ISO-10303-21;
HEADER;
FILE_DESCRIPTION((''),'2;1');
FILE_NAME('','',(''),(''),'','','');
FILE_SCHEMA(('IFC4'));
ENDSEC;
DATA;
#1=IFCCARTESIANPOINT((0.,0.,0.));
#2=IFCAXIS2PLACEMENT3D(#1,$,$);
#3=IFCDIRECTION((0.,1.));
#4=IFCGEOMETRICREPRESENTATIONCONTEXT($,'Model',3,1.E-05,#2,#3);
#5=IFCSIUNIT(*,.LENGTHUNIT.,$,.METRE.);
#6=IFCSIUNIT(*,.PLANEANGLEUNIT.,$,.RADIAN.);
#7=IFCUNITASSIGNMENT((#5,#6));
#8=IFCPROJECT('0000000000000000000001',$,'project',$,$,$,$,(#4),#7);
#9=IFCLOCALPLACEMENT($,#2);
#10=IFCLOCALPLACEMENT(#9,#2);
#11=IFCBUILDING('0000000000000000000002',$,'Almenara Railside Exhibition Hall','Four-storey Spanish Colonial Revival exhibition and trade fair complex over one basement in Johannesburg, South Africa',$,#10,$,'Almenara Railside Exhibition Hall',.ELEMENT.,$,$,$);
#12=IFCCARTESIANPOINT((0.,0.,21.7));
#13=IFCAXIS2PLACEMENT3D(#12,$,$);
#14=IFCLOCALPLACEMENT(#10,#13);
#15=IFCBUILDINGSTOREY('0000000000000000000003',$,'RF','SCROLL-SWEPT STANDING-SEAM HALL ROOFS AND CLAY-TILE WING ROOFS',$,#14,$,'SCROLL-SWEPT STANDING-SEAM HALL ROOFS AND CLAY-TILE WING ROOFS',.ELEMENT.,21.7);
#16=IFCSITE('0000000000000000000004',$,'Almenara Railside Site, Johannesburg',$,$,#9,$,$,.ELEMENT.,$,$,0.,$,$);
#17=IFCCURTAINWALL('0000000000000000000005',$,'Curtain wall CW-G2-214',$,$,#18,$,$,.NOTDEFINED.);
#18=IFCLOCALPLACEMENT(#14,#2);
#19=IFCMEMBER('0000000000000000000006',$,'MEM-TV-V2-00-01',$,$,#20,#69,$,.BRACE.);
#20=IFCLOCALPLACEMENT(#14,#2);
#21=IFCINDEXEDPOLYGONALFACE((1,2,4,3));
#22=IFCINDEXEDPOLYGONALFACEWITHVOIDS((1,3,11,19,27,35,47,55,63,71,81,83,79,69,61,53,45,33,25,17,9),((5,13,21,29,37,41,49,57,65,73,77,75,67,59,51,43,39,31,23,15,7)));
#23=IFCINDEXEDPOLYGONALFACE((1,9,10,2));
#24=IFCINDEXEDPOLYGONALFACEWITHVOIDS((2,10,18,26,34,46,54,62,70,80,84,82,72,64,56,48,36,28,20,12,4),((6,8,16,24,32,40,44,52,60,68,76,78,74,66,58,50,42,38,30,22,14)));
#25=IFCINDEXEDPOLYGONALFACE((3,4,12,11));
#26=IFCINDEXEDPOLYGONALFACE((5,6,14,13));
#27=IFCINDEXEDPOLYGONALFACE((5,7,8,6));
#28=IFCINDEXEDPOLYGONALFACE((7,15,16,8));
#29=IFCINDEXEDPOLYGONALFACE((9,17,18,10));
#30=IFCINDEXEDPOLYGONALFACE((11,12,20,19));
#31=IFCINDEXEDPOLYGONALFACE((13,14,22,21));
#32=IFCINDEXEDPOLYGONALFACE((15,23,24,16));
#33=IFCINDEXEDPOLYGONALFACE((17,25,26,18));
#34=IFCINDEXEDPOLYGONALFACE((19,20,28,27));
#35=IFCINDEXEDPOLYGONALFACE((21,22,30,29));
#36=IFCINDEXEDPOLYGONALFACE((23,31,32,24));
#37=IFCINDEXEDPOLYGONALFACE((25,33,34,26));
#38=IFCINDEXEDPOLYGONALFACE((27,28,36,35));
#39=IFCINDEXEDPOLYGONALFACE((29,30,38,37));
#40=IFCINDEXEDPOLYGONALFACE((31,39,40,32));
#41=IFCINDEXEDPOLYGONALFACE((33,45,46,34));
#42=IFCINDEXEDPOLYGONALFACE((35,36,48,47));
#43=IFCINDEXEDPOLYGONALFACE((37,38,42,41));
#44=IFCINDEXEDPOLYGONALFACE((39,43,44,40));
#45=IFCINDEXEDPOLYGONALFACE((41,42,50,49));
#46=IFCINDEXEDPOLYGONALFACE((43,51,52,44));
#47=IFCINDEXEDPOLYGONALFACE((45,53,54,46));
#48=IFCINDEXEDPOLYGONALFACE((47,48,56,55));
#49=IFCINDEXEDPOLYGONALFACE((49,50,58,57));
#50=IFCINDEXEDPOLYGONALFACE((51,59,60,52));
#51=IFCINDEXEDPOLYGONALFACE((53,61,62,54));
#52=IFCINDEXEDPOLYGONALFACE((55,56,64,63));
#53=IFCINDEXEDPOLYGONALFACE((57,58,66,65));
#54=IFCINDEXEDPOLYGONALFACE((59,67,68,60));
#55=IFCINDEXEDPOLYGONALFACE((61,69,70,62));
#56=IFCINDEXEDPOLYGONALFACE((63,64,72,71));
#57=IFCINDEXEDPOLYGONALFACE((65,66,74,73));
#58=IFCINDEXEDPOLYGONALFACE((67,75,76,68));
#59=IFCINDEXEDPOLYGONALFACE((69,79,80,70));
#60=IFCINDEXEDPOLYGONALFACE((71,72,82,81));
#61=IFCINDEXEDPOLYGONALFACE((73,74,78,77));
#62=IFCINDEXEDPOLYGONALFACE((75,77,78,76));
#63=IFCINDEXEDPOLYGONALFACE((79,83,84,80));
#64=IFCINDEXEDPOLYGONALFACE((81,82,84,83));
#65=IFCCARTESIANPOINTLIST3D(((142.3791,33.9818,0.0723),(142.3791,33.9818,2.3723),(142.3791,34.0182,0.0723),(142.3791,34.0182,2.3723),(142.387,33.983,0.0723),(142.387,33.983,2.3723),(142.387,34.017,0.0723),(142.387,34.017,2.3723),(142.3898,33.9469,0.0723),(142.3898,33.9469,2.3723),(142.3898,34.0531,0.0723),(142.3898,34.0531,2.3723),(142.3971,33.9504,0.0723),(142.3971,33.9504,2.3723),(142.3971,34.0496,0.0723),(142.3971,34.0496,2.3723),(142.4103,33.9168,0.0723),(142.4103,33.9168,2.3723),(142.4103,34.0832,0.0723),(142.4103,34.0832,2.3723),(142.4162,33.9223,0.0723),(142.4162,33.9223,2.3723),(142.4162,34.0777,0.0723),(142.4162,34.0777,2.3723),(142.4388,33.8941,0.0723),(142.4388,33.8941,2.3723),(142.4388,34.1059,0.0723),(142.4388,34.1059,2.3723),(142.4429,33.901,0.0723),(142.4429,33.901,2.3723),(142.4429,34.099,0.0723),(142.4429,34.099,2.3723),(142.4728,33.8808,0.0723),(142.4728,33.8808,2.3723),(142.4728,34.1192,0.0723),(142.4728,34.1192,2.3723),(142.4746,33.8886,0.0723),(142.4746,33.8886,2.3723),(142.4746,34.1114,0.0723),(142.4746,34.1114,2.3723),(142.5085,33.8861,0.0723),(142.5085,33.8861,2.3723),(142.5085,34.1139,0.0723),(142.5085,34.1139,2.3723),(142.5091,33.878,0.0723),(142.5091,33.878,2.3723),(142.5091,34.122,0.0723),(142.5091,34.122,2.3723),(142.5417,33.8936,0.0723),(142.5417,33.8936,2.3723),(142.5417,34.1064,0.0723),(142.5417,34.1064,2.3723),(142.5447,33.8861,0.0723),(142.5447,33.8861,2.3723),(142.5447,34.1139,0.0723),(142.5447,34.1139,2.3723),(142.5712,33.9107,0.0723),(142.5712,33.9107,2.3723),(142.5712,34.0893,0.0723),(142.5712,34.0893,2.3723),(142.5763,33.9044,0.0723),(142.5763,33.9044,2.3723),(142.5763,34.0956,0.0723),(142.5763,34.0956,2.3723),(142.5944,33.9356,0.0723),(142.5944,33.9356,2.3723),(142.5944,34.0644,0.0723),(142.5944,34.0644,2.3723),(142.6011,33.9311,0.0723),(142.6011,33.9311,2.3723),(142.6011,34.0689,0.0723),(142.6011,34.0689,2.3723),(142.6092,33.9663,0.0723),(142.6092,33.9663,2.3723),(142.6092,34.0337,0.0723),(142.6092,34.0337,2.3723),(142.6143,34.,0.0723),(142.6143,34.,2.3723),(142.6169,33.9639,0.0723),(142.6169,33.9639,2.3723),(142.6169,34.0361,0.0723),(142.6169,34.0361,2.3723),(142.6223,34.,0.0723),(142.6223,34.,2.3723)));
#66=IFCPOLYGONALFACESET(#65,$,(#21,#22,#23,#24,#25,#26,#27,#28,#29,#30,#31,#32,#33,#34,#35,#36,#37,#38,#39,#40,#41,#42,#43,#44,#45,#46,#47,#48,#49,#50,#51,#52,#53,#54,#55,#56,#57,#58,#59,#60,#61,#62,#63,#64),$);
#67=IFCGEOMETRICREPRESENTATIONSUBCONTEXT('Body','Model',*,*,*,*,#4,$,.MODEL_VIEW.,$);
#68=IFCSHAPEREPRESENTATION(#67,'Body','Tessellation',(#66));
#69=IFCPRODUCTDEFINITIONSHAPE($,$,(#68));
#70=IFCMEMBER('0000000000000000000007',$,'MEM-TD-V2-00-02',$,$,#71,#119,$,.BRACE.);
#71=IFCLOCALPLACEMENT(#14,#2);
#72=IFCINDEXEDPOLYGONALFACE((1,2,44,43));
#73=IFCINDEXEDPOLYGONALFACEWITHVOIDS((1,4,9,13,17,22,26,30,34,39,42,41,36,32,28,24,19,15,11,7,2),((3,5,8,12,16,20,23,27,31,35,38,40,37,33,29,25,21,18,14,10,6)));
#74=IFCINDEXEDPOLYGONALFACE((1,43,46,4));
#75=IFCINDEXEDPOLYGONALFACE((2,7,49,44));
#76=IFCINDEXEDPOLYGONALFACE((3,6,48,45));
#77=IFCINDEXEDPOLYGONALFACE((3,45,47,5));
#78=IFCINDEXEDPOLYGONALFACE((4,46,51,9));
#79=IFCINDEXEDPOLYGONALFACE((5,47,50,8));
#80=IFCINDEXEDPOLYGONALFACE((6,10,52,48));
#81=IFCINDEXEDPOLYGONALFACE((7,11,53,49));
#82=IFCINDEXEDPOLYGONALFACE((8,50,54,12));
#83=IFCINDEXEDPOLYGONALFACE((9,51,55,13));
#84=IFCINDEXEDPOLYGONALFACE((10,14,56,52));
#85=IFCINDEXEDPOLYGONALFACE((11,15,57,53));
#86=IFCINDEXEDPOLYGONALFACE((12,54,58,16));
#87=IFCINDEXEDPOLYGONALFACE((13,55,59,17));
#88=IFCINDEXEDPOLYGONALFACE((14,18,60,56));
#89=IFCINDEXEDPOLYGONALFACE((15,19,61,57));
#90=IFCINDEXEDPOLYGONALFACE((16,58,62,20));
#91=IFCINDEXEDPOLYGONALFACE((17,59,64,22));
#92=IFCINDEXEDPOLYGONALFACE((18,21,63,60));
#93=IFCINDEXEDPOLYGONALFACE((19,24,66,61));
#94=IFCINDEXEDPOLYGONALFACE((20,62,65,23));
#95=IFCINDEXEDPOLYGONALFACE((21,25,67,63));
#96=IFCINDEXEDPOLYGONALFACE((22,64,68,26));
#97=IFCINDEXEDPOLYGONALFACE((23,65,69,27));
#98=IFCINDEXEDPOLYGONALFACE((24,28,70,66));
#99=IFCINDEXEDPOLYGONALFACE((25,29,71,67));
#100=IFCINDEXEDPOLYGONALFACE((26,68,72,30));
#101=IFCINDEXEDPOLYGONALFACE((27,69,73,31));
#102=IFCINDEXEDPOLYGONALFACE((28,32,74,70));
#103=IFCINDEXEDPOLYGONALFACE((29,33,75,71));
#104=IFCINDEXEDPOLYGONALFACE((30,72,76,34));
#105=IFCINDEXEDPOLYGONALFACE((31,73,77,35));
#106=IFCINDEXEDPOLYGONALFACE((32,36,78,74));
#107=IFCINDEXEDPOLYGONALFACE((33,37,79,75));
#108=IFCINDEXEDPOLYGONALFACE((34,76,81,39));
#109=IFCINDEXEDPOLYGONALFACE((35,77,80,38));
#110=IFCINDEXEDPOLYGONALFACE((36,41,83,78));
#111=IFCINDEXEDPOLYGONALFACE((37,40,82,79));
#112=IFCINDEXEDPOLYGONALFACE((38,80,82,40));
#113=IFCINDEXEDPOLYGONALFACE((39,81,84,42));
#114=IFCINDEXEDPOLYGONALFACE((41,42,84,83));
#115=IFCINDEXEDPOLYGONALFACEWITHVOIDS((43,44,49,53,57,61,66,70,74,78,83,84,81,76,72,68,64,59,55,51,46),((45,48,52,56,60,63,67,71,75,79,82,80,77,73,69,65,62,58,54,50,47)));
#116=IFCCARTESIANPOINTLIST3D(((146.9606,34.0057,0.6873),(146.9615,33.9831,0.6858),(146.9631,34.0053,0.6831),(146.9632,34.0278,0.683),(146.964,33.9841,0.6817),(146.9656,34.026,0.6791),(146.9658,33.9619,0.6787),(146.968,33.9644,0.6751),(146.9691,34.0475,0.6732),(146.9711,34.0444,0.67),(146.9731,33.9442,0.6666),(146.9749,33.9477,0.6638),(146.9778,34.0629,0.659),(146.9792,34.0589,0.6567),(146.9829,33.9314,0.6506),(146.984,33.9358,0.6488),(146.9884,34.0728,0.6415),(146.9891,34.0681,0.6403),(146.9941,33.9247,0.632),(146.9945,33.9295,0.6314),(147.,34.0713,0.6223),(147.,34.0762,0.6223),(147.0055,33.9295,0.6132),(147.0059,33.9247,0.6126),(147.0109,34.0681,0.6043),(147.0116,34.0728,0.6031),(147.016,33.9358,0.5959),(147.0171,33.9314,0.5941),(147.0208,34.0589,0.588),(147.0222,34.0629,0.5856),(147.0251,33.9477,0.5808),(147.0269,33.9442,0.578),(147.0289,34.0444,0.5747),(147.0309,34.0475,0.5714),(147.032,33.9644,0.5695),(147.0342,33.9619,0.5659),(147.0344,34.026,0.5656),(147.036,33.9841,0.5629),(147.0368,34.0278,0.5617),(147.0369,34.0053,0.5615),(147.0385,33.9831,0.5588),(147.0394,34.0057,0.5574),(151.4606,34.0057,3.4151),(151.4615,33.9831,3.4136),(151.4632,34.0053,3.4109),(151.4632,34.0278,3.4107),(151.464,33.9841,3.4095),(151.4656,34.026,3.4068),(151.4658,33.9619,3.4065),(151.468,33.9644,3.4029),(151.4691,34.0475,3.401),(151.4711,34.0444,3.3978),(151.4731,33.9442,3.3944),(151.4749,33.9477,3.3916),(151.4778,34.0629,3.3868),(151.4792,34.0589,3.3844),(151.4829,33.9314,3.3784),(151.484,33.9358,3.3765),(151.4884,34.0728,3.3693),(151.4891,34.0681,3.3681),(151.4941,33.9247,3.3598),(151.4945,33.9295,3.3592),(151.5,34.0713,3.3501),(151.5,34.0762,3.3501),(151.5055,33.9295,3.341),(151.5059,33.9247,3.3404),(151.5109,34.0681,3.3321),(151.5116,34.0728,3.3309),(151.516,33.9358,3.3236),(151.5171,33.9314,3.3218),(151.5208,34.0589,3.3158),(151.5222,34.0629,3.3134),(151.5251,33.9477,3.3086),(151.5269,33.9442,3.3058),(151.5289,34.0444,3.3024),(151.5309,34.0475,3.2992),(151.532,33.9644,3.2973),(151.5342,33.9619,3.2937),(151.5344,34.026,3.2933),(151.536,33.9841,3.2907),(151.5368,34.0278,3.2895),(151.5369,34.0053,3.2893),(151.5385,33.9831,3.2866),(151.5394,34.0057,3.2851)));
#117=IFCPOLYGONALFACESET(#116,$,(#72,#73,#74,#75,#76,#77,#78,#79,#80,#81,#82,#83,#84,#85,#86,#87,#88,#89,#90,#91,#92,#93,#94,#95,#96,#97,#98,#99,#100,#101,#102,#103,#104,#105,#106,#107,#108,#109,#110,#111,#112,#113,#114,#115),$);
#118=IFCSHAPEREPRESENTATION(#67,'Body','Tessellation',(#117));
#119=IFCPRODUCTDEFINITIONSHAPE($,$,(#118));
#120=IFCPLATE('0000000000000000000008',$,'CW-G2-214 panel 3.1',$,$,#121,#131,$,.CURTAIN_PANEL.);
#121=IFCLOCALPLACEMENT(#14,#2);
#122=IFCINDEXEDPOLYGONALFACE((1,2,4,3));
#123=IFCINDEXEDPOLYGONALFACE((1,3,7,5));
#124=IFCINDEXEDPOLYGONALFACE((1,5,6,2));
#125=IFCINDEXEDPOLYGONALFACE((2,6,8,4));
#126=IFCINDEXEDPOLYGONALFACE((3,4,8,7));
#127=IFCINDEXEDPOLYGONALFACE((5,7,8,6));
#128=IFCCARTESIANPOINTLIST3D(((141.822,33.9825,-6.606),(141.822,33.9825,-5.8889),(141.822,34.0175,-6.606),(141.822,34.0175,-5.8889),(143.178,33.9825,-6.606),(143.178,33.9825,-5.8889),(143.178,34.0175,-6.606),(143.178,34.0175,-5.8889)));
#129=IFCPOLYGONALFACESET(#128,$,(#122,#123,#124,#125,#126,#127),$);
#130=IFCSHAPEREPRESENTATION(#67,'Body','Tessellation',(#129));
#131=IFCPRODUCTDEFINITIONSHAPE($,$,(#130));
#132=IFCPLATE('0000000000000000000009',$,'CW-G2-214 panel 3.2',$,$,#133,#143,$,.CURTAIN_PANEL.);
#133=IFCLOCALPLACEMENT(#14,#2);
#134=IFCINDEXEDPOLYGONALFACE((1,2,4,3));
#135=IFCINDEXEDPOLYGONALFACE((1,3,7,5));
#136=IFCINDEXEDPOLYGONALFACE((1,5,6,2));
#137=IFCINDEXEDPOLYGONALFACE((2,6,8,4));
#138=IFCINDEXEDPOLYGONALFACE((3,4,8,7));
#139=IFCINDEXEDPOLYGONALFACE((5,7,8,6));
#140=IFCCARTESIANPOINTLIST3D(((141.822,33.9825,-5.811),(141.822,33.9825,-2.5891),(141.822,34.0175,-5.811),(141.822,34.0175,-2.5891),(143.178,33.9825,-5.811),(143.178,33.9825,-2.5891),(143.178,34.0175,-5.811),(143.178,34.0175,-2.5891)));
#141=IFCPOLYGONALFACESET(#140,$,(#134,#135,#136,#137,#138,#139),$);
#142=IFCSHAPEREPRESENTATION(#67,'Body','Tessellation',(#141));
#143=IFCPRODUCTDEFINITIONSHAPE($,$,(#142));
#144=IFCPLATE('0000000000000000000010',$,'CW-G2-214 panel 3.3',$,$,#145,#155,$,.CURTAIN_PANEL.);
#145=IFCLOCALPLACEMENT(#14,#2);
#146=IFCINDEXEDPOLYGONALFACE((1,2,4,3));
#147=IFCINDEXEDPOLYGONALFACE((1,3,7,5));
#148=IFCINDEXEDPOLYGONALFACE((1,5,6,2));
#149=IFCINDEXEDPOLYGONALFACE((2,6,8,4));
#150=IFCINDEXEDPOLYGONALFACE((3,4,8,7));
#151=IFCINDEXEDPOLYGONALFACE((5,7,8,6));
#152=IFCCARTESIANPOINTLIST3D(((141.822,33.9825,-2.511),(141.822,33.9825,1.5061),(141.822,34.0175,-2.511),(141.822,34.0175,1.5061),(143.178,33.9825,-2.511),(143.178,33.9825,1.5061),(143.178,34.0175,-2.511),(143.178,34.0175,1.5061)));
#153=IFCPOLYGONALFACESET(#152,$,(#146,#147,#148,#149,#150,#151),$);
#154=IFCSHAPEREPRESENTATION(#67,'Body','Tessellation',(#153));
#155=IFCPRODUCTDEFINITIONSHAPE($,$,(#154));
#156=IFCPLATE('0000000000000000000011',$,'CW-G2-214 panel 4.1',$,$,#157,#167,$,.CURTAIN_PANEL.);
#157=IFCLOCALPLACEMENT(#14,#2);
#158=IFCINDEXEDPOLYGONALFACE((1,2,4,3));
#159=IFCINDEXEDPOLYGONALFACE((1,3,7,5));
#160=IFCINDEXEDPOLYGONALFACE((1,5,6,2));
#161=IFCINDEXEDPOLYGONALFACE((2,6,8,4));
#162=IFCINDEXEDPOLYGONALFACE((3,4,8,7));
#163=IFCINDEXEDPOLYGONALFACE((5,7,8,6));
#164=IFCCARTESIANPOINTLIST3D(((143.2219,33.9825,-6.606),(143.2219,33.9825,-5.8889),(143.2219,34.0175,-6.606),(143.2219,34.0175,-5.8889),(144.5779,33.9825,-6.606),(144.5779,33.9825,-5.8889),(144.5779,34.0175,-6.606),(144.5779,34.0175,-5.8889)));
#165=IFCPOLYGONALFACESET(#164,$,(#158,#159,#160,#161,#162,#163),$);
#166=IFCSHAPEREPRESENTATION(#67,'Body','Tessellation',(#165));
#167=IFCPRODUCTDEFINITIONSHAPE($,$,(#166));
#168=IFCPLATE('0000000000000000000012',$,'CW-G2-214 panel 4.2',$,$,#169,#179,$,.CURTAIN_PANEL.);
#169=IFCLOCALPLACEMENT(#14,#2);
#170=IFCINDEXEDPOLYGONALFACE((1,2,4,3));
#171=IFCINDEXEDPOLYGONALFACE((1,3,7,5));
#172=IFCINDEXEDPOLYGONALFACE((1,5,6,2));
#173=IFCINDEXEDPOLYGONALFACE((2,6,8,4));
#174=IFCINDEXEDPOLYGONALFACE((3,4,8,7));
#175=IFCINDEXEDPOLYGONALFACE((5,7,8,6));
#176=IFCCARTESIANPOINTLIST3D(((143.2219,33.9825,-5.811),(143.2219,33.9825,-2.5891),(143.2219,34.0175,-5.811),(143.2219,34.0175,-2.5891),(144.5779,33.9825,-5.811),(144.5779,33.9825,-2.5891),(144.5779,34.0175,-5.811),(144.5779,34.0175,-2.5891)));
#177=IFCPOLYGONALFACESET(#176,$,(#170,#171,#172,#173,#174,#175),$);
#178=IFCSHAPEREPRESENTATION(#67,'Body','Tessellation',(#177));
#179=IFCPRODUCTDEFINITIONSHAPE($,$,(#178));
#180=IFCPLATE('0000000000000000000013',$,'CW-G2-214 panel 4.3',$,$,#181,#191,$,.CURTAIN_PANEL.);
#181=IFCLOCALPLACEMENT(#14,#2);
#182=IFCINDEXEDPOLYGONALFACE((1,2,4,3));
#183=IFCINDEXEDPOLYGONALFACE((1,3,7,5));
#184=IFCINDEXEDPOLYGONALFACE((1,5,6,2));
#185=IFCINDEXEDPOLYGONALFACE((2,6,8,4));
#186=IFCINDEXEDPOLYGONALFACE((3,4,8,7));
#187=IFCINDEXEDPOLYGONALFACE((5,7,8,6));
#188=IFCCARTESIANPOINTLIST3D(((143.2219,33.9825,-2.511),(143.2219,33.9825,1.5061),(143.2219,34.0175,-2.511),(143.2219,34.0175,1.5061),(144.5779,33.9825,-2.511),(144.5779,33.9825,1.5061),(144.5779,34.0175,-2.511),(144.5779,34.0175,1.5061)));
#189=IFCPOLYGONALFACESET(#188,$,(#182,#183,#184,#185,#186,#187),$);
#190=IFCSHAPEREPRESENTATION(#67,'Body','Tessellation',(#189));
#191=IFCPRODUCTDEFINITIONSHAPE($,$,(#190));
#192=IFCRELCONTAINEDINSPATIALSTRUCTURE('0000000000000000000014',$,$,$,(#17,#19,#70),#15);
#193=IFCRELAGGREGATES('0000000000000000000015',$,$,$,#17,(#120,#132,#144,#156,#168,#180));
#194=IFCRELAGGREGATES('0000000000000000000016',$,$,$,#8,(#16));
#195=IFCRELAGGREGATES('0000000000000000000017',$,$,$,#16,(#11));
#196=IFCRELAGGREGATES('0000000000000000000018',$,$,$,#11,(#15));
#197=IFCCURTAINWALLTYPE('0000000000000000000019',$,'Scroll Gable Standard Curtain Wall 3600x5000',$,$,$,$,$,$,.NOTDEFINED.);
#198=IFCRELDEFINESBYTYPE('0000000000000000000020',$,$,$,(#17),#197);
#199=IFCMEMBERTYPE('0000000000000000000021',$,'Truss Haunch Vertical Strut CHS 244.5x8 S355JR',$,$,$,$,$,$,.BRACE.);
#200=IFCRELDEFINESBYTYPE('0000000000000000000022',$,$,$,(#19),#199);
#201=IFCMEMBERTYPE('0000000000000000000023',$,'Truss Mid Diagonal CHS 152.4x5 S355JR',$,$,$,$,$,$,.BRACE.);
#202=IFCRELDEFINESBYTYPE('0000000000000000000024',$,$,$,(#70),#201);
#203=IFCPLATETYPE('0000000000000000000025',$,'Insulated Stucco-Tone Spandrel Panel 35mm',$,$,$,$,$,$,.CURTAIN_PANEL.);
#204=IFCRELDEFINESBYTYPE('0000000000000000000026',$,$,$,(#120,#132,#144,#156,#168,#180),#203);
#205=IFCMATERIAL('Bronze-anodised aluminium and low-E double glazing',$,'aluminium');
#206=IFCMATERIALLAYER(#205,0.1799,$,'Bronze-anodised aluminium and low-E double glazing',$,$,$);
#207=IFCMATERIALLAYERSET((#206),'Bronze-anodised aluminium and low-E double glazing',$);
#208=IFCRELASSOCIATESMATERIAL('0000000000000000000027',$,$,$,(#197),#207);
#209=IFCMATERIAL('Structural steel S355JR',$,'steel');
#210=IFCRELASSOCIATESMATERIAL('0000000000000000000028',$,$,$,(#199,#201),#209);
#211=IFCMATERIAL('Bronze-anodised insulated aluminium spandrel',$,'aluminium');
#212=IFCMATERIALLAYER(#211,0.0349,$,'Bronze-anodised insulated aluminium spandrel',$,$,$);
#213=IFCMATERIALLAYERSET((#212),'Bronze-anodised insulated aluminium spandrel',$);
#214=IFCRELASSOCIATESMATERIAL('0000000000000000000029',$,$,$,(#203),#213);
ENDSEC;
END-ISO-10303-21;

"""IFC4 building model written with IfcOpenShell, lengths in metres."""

from ifc_helpers import new_model, si_unit, direction, frame, origin, origin_2d, place, context, subcontext, project, spatial, rectangle, hollow_circle, extrude, material, layer, layer_set, material_profile, profile_set, type_object, element, aggregate, save


model = new_model("IFC4")

# Units and contexts
model_context = context("Model", 3, precision=1e-05, world=origin(), true_north=direction((0.0, 1.0)))
body_context = subcontext(model_context, "Body", "Model", "MODEL_VIEW")
ifc_project = project(units=[si_unit("LENGTHUNIT", "METRE"), si_unit("PLANEANGLEUNIT", "RADIAN")], contexts=[model_context])

# Site, building, storey
site_placement = place(None, origin())
site = spatial("IfcSite", under=ifc_project, at=site_placement, Name="Almenara Railside Site, Johannesburg", CompositionType="ELEMENT", RefElevation=0.0)
building_placement = place(site_placement, origin())
building = spatial("IfcBuilding", under=site, at=building_placement, Name="Almenara Railside Exhibition Hall", Description="Four-storey Spanish Colonial Revival exhibition and trade fair complex over one basement in Johannesburg, South Africa", LongName="Almenara Railside Exhibition Hall", CompositionType="ELEMENT")
storey_placement = place(building_placement, frame((0.0, 0.0, 21.7)))
storey = spatial("IfcBuildingStorey", under=building, at=storey_placement, Name="RF", Description="SCROLL-SWEPT STANDING-SEAM HALL ROOFS AND CLAY-TILE WING ROOFS", LongName="SCROLL-SWEPT STANDING-SEAM HALL ROOFS AND CLAY-TILE WING ROOFS", CompositionType="ELEMENT", Elevation=21.7)

# Shared definitions
ifc_material_1 = material(Name="Structural steel S355JR", Category="steel")

# Curtain wall
ifc_material_2 = material(Name="Bronze-anodised aluminium and low-E double glazing", Category="aluminium")
ifc_layer_1 = layer(ifc_material_2, 0.1799, Name="Bronze-anodised aluminium and low-E double glazing")
ifc_layer_set_1 = layer_set([ifc_layer_1], Name="Bronze-anodised aluminium and low-E double glazing")
curtain_wall_type = type_object("IfcCurtainWallType", Name="Scroll Gable Standard Curtain Wall 3600x5000", PredefinedType="NOTDEFINED", material=ifc_layer_set_1)
curtain_wall_placement = place(storey_placement, origin())
curtain_wall = element("IfcCurtainWall", 1, at=curtain_wall_placement, inside=storey, type_object=curtain_wall_type, Name="Curtain wall CW-G2-214", PredefinedType="NOTDEFINED")

# Members
ifc_material_profile_1 = material_profile(ifc_material_1, hollow_circle(Radius=0.1223, WallThickness=0.0081, at=origin_2d()), Name="CHS 244.5x8")
ifc_profile_set_1 = profile_set([ifc_material_profile_1], Name="Structural steel S355JR")
member_type_1 = type_object("IfcMemberType", Name="Truss Haunch Vertical Strut CHS 244.5x8 S355JR", PredefinedType="BRACE", material=ifc_profile_set_1)
member_1_placement = place(storey_placement, frame((142.5, 34.0, 0.0723), z_axis=(0.0, 0.0, 1.0), x_axis=(1.0, 0.0, 0.0)))
element("IfcMember", 2, at=member_1_placement, inside=storey, type_object=member_type_1, Name="MEM-TV-V2-00-01", PredefinedType="BRACE", context=body_context, shape_type="SweptSolid", body=[
    extrude(hollow_circle(Radius=0.1223, WallThickness=0.0081, at=origin_2d()), origin(), (0.0, 0.0, 1.0), 2.3),
])
ifc_material_profile_2 = material_profile(ifc_material_1, hollow_circle(Radius=0.0762, WallThickness=0.0049, at=origin_2d()), Name="CHS 152.4x5")
ifc_profile_set_2 = profile_set([ifc_material_profile_2], Name="Structural steel S355JR")
member_type_2 = type_object("IfcMemberType", Name="Truss Mid Diagonal CHS 152.4x5 S355JR", PredefinedType="BRACE", material=ifc_profile_set_2)
member_2_placement = place(storey_placement, frame((147.0, 34.0, 0.6223), z_axis=(0.855155, 0.0, 0.518373), x_axis=(0.0, 1.0, 0.0)))
element("IfcMember", 3, at=member_2_placement, inside=storey, type_object=member_type_2, Name="MEM-TD-V2-00-02", PredefinedType="BRACE", context=body_context, shape_type="SweptSolid", body=[
    extrude(hollow_circle(Radius=0.0762, WallThickness=0.0049, at=origin_2d()), origin(), (0.0, 0.0, 1.0), 5.2622),
])

# Plates
ifc_material_3 = material(Name="Bronze-anodised insulated aluminium spandrel", Category="aluminium")
ifc_layer_2 = layer(ifc_material_3, 0.0349, Name="Bronze-anodised insulated aluminium spandrel")
ifc_layer_set_2 = layer_set([ifc_layer_2], Name="Bronze-anodised insulated aluminium spandrel")
plate_type = type_object("IfcPlateType", Name="Insulated Stucco-Tone Spandrel Panel 35mm", PredefinedType="CURTAIN_PANEL", material=ifc_layer_set_2)
plate_1_placement = place(storey_placement, frame((142.5, 34.0, -6.606), z_axis=(0.0, 0.0, 1.0), x_axis=(1.0, 0.0, 0.0)))
plate_1 = element("IfcPlate", 4, at=plate_1_placement, type_object=plate_type, Name="CW-G2-214 panel 3.1", PredefinedType="CURTAIN_PANEL", context=body_context, shape_type="SweptSolid", body=[
    extrude(rectangle(XDim=1.356, YDim=0.0349, at=origin_2d()), origin(), (0.0, 0.0, 1.0), 0.717),
])
plate_2_placement = place(storey_placement, frame((142.5, 34.0, -5.811), z_axis=(0.0, 0.0, 1.0), x_axis=(1.0, 0.0, 0.0)))
plate_2 = element("IfcPlate", 5, at=plate_2_placement, type_object=plate_type, Name="CW-G2-214 panel 3.2", PredefinedType="CURTAIN_PANEL", context=body_context, shape_type="SweptSolid", body=[
    extrude(rectangle(XDim=1.356, YDim=0.0349, at=origin_2d()), origin(), (0.0, 0.0, 1.0), 3.2219),
])
plate_3_placement = place(storey_placement, frame((142.5, 34.0, -2.511), z_axis=(0.0, 0.0, 1.0), x_axis=(1.0, 0.0, 0.0)))
plate_3 = element("IfcPlate", 6, at=plate_3_placement, type_object=plate_type, Name="CW-G2-214 panel 3.3", PredefinedType="CURTAIN_PANEL", context=body_context, shape_type="SweptSolid", body=[
    extrude(rectangle(XDim=1.356, YDim=0.0349, at=origin_2d()), origin(), (0.0, 0.0, 1.0), 4.0171),
])
plate_4_placement = place(storey_placement, frame((143.8999, 34.0, -6.606), z_axis=(0.0, 0.0, 1.0), x_axis=(1.0, 0.0, 0.0)))
plate_4 = element("IfcPlate", 7, at=plate_4_placement, type_object=plate_type, Name="CW-G2-214 panel 4.1", PredefinedType="CURTAIN_PANEL", context=body_context, shape_type="SweptSolid", body=[
    extrude(rectangle(XDim=1.356, YDim=0.0349, at=origin_2d()), origin(), (0.0, 0.0, 1.0), 0.717),
])
plate_5_placement = place(storey_placement, frame((143.8999, 34.0, -5.811), z_axis=(0.0, 0.0, 1.0), x_axis=(1.0, 0.0, 0.0)))
plate_5 = element("IfcPlate", 8, at=plate_5_placement, type_object=plate_type, Name="CW-G2-214 panel 4.2", PredefinedType="CURTAIN_PANEL", context=body_context, shape_type="SweptSolid", body=[
    extrude(rectangle(XDim=1.356, YDim=0.0349, at=origin_2d()), origin(), (0.0, 0.0, 1.0), 3.2219),
])
plate_6_placement = place(storey_placement, frame((143.8999, 34.0, -2.511), z_axis=(0.0, 0.0, 1.0), x_axis=(1.0, 0.0, 0.0)))
plate_6 = element("IfcPlate", 9, at=plate_6_placement, type_object=plate_type, Name="CW-G2-214 panel 4.3", PredefinedType="CURTAIN_PANEL", context=body_context, shape_type="SweptSolid", body=[
    extrude(rectangle(XDim=1.356, YDim=0.0349, at=origin_2d()), origin(), (0.0, 0.0, 1.0), 4.0171),
])
aggregate(curtain_wall, [plate_1, plate_2, plate_3, plate_4, plate_5, plate_6])

save(model, "model.ifc")
